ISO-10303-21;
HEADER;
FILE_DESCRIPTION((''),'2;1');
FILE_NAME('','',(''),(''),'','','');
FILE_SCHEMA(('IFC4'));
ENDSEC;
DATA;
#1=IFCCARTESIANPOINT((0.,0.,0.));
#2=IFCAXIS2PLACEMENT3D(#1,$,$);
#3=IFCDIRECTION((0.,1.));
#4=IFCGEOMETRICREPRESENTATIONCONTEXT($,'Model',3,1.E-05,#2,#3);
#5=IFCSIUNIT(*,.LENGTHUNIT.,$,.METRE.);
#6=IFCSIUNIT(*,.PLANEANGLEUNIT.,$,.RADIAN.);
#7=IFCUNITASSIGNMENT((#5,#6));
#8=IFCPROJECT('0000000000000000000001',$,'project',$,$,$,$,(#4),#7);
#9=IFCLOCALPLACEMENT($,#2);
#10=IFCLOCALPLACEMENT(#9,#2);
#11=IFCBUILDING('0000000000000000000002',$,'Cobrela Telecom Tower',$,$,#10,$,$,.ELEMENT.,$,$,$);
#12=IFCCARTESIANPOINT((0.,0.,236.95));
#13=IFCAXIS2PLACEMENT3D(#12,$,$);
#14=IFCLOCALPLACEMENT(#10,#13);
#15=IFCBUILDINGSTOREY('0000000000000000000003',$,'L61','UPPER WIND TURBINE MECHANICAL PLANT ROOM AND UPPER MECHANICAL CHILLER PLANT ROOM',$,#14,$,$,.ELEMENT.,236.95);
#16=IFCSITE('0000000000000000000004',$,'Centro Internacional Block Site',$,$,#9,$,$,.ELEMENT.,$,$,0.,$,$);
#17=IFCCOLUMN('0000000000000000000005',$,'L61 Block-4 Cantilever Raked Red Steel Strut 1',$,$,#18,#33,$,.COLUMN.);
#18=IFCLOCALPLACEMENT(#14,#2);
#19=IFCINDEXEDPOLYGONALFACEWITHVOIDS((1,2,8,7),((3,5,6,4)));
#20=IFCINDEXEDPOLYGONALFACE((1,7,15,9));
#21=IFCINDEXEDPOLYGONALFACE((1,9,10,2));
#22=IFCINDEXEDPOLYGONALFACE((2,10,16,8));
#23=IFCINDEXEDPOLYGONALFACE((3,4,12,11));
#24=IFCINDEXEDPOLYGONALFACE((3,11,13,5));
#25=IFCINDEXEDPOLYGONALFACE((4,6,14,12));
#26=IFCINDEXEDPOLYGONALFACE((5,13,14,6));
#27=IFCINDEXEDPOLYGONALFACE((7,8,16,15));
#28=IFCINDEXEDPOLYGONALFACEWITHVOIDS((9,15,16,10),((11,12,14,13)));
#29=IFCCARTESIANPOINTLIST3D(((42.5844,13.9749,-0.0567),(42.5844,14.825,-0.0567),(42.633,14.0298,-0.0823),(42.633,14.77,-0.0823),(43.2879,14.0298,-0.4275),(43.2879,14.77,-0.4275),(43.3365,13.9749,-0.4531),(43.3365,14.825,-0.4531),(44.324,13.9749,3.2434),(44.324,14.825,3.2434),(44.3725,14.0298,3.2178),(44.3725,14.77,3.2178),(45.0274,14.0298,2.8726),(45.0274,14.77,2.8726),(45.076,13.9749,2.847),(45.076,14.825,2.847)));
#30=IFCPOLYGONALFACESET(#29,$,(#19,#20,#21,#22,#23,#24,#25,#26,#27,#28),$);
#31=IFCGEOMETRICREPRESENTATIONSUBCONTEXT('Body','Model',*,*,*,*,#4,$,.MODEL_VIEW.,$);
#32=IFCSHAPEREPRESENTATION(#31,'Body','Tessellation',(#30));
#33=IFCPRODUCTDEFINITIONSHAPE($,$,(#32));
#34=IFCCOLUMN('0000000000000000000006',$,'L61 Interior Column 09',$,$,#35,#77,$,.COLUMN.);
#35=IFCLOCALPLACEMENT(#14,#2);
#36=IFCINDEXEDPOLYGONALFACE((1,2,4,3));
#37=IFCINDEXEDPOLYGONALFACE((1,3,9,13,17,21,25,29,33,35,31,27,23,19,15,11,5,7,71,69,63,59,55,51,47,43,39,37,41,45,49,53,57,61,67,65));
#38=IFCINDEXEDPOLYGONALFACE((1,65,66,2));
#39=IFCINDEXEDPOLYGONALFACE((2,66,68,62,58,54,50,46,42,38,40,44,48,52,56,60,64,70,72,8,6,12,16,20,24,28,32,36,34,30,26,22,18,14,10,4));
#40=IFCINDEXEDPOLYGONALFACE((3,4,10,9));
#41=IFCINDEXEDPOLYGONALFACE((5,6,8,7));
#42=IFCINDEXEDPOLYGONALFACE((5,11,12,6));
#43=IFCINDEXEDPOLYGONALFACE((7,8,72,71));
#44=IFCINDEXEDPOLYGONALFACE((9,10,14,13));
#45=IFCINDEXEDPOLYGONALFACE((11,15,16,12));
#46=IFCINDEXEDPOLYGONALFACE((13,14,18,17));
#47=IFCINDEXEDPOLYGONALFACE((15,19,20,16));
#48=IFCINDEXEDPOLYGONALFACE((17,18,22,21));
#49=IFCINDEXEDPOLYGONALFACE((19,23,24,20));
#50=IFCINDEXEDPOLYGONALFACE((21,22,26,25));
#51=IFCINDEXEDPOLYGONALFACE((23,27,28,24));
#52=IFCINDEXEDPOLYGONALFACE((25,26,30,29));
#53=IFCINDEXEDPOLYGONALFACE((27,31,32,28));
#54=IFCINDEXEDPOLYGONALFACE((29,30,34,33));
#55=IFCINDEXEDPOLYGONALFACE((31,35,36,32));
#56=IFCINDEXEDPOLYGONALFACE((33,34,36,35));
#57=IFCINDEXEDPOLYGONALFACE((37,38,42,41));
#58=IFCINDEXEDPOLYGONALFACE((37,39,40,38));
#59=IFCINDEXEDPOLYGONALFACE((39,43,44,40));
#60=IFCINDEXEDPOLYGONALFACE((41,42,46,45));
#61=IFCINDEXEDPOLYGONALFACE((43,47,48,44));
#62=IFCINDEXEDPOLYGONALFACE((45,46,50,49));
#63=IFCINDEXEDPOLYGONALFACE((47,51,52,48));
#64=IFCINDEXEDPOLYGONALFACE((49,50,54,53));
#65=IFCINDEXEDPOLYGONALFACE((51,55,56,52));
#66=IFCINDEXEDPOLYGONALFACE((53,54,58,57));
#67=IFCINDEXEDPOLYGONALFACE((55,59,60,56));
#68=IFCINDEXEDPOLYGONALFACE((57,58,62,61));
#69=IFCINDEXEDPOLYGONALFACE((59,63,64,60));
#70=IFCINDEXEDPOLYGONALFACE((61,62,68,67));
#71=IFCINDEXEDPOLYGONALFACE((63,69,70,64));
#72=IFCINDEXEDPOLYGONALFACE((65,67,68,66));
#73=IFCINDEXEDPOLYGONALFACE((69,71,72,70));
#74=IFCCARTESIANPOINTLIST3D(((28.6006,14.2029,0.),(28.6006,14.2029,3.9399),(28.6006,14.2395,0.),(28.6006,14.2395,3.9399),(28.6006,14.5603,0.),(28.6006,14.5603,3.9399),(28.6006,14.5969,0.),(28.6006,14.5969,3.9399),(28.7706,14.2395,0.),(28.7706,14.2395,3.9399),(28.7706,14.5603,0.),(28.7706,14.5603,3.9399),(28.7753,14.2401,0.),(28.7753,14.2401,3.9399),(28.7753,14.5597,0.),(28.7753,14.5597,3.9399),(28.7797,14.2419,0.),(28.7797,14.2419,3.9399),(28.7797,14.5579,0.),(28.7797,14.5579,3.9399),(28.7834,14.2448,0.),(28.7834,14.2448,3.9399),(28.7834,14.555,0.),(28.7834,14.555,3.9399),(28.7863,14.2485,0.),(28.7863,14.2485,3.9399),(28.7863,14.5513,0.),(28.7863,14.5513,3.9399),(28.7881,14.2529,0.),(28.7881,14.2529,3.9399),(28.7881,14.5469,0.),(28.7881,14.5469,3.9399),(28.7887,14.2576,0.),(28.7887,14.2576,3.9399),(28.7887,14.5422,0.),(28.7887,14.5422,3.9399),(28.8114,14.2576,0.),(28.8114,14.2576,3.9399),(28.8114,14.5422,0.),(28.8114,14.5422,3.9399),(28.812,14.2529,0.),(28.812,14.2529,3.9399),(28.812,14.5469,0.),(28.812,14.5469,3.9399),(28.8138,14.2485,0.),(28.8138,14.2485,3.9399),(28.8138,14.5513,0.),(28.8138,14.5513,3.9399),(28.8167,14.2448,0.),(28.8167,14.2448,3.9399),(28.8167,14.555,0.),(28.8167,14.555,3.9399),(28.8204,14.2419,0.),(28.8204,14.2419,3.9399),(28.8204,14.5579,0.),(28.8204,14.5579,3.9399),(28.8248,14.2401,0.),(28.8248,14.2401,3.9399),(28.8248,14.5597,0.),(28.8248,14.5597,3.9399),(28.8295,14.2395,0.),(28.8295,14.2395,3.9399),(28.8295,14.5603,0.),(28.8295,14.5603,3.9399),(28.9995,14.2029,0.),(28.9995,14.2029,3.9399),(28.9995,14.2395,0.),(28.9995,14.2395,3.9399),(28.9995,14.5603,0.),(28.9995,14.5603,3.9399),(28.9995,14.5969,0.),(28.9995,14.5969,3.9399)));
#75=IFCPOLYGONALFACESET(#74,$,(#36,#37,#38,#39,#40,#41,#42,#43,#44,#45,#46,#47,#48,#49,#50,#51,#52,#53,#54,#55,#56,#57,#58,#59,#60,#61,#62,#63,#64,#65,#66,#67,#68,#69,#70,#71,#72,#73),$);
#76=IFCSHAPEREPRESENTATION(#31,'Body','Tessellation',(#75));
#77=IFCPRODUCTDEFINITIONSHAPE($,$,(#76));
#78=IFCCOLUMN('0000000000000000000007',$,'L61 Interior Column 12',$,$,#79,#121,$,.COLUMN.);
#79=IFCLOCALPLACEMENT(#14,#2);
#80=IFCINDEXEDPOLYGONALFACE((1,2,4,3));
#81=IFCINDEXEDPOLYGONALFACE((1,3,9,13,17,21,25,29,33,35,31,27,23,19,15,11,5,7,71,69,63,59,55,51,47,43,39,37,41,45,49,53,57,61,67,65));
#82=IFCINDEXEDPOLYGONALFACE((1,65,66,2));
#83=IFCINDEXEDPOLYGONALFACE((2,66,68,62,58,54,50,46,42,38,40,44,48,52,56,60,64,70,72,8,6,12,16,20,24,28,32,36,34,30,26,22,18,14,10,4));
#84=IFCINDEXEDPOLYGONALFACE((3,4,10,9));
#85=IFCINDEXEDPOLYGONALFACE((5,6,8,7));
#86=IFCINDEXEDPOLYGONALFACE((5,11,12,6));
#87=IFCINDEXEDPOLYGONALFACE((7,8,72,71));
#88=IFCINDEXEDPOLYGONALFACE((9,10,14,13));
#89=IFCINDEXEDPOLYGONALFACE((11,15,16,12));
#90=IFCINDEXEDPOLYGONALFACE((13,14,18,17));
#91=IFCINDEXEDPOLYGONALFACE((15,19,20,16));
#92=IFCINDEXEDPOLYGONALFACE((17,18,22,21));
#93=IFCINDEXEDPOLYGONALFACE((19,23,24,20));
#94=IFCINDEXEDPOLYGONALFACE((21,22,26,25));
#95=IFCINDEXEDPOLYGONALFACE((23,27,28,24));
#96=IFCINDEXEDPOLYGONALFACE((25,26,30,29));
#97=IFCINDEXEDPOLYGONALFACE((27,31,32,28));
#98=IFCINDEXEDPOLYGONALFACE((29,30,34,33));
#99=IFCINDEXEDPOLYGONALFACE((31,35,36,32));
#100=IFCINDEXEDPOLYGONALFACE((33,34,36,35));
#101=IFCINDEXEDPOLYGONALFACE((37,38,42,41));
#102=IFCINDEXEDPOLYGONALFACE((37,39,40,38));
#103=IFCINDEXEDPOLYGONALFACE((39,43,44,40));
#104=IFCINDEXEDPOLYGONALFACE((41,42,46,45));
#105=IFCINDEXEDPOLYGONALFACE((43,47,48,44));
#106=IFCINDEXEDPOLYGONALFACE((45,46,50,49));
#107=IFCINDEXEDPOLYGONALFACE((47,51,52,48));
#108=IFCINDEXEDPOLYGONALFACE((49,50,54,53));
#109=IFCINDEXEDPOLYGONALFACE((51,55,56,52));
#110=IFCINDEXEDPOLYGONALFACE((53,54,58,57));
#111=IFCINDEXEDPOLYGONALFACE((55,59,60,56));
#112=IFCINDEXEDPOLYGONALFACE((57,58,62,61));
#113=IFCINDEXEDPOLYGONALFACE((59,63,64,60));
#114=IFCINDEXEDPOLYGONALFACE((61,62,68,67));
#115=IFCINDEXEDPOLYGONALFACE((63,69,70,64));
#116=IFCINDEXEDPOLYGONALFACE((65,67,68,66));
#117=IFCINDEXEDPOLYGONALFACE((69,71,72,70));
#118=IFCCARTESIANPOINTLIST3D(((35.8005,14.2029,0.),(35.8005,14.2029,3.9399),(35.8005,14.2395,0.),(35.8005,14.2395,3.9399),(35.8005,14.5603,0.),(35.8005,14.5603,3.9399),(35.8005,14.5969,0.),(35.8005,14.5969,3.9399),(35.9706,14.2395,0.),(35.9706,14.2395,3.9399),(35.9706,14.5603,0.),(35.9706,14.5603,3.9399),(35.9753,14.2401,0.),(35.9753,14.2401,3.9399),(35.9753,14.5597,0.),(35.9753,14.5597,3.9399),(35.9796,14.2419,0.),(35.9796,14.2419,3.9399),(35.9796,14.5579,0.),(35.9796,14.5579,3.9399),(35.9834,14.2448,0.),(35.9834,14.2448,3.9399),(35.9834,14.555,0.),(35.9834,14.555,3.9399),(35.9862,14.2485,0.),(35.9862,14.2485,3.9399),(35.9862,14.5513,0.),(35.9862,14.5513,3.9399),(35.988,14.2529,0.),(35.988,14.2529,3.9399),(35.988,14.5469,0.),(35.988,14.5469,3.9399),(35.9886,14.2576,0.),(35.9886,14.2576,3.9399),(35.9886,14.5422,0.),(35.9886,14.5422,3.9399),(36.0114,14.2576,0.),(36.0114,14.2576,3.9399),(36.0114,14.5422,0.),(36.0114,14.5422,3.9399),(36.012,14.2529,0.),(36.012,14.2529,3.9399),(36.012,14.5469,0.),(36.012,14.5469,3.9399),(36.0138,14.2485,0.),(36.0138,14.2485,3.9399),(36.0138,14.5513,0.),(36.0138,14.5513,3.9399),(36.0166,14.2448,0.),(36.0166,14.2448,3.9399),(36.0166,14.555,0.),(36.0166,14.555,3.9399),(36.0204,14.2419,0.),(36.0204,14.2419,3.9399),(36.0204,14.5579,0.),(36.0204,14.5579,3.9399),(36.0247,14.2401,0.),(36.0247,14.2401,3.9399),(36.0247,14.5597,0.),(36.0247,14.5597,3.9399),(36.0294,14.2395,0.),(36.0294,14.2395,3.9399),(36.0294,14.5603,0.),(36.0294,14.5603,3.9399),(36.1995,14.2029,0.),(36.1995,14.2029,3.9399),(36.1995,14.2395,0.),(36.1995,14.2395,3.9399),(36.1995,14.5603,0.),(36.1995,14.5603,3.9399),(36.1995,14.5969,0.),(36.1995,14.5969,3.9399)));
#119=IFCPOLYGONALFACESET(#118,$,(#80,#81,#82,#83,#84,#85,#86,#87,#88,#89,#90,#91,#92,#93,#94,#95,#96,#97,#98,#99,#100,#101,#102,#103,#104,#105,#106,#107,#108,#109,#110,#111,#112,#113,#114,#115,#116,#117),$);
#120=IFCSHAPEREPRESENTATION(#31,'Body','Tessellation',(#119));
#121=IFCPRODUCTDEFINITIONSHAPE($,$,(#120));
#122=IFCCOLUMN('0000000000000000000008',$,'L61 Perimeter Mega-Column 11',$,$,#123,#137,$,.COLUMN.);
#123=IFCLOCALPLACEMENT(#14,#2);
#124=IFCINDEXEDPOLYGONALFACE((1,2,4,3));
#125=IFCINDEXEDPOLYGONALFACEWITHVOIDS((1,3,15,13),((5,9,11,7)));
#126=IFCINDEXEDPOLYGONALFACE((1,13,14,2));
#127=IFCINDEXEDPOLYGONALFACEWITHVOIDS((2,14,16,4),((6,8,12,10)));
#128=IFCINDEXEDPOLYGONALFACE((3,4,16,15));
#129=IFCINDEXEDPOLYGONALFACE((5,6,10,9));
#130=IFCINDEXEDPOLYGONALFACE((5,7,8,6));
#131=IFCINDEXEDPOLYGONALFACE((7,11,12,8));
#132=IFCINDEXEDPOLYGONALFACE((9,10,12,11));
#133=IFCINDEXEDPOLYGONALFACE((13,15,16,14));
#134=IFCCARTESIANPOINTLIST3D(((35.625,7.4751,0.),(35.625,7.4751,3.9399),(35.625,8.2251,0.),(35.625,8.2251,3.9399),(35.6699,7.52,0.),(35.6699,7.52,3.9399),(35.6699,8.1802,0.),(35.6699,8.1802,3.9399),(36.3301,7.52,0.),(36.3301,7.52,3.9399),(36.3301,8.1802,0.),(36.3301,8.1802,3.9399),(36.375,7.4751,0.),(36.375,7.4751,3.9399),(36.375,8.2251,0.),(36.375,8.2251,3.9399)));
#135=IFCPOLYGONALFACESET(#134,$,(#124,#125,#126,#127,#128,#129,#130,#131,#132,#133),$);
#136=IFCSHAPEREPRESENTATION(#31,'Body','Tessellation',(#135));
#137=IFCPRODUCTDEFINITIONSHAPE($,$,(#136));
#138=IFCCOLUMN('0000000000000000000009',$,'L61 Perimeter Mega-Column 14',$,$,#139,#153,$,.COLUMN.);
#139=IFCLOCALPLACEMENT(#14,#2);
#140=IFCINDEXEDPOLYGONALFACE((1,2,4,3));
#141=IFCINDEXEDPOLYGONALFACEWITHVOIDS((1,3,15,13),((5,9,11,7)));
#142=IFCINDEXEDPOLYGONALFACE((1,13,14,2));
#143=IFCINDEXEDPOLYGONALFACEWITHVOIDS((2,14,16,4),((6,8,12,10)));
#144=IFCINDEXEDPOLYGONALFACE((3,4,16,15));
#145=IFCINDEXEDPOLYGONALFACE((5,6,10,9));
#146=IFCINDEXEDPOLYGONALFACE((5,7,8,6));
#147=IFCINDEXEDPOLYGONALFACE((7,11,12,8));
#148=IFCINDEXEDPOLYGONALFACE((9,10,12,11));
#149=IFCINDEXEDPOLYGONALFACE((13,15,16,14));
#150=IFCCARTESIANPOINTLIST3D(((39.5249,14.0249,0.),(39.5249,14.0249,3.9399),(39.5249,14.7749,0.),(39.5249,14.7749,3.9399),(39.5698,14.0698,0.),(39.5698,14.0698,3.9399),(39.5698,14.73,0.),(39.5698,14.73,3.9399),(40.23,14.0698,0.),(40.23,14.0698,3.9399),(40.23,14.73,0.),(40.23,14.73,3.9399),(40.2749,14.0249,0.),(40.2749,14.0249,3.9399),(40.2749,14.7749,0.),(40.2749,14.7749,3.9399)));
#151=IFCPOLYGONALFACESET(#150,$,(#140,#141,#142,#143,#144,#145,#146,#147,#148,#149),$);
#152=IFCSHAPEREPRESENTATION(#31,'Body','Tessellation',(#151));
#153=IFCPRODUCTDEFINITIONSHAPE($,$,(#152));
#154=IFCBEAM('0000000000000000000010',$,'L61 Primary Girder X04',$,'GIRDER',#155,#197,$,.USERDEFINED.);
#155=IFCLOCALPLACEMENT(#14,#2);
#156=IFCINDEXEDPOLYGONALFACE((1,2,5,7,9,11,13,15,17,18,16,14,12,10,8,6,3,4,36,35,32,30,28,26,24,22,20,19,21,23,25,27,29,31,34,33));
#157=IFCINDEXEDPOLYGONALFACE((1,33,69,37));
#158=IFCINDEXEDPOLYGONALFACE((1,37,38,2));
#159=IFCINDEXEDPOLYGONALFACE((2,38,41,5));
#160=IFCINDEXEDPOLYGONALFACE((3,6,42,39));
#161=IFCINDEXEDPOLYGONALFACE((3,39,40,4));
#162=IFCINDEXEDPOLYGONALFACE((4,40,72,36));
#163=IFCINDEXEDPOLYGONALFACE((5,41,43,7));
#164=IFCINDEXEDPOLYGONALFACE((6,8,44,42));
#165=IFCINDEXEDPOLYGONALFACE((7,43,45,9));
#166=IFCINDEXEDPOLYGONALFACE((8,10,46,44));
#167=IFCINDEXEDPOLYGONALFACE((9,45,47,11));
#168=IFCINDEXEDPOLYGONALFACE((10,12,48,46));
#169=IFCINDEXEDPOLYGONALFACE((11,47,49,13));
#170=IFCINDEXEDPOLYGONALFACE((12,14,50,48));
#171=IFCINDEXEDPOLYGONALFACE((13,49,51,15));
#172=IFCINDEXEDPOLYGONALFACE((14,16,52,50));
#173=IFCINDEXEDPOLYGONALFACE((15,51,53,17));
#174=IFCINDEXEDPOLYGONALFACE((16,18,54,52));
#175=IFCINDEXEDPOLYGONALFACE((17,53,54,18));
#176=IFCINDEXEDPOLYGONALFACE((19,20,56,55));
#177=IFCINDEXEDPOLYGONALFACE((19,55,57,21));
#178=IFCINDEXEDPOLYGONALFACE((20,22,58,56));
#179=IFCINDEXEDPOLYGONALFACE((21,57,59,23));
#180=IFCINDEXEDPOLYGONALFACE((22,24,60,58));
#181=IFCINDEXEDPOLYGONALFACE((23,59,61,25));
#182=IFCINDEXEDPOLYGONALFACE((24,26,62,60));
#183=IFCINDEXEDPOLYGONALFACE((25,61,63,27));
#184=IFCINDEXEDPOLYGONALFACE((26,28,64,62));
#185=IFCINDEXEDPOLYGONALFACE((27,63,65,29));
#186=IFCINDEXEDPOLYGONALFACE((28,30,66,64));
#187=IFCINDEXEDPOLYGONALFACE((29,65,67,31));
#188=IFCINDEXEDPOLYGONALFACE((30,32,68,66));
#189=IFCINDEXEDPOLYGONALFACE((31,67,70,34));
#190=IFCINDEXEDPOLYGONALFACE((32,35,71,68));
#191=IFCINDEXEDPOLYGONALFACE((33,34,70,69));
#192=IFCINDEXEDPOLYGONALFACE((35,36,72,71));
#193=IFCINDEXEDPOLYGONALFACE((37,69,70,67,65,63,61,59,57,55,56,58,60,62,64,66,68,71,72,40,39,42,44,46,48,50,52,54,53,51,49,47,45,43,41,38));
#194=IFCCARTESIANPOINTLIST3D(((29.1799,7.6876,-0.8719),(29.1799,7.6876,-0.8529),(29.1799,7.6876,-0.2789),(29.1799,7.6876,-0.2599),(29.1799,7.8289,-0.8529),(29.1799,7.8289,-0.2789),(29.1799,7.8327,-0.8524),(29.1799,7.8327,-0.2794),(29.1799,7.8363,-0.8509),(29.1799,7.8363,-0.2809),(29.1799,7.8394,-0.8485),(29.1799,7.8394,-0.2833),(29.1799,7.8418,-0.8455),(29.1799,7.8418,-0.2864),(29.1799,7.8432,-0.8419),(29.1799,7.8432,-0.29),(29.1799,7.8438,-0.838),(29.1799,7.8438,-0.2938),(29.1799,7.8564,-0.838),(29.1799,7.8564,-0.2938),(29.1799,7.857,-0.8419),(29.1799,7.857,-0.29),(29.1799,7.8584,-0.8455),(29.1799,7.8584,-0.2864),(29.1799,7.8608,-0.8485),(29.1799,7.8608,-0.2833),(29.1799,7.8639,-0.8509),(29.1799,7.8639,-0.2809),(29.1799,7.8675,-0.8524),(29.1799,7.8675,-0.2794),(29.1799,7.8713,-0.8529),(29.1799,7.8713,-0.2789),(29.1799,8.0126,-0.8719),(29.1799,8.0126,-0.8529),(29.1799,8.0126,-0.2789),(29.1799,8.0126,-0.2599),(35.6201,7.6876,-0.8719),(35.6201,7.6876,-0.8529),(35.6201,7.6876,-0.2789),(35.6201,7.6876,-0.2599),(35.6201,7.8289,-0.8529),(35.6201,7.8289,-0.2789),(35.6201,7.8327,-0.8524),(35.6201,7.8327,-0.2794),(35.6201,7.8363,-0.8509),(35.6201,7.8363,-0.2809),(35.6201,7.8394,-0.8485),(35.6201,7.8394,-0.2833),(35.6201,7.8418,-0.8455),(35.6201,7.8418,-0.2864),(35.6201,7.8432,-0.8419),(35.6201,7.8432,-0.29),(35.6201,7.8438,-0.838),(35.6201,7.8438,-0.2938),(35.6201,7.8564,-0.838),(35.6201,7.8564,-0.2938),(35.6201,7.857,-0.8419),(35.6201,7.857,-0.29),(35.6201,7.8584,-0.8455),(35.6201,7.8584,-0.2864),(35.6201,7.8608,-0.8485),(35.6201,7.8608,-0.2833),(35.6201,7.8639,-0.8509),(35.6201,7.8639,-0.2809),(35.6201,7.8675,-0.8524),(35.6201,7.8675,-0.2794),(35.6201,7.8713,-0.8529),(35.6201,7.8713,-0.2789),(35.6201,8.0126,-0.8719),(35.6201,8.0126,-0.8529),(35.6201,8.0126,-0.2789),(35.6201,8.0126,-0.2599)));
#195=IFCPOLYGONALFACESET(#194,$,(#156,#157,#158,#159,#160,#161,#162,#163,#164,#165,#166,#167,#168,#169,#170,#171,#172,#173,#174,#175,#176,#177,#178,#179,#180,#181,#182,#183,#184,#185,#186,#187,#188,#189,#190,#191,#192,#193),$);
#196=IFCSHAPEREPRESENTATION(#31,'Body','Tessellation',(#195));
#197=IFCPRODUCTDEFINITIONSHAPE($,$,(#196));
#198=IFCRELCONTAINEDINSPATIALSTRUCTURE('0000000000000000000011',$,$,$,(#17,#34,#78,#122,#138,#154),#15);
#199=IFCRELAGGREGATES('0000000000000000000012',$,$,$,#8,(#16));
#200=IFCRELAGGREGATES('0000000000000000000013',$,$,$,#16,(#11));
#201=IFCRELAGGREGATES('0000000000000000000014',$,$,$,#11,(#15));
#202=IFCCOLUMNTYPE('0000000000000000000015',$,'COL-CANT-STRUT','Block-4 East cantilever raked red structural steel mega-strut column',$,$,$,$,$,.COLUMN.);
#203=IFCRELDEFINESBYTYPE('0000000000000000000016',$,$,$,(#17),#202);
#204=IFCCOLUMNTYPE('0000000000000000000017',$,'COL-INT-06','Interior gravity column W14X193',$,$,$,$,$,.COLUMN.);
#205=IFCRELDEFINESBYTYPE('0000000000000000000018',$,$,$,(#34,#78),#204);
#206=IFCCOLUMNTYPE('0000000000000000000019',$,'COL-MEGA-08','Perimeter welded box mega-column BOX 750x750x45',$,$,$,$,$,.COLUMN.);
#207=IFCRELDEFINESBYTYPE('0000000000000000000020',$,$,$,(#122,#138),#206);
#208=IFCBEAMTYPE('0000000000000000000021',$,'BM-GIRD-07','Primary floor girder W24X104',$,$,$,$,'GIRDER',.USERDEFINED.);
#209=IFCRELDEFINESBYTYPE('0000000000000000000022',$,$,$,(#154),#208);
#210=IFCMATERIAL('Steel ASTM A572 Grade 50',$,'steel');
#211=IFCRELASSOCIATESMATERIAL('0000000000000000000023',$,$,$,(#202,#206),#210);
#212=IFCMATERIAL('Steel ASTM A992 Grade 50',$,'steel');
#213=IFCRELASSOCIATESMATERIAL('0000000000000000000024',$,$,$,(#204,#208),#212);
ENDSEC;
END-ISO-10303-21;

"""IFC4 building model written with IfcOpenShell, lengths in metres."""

from ifc_helpers import new_model, si_unit, direction, frame, origin, origin_2d, place, context, subcontext, project, spatial, hollow_rectangle, i_section, extrude, material, material_profile, profile_set, type_object, element, save


model = new_model("IFC4")

# Units and contexts
model_context = context("Model", 3, precision=1e-05, world=origin(), true_north=direction((0.0, 1.0)))
body_context = subcontext(model_context, "Body", "Model", "MODEL_VIEW")
ifc_project = project(units=[si_unit("LENGTHUNIT", "METRE"), si_unit("PLANEANGLEUNIT", "RADIAN")], contexts=[model_context])

# Site, building, storey
site_placement = place(None, origin())
site = spatial("IfcSite", under=ifc_project, at=site_placement, Name="Centro Internacional Block Site", CompositionType="ELEMENT", RefElevation=0.0)
building_placement = place(site_placement, origin())
building = spatial("IfcBuilding", under=site, at=building_placement, Name="Cobrela Telecom Tower", CompositionType="ELEMENT")
storey_placement = place(building_placement, frame((0.0, 0.0, 236.95)))
storey = spatial("IfcBuildingStorey", under=building, at=storey_placement, Name="L61", Description="UPPER WIND TURBINE MECHANICAL PLANT ROOM AND UPPER MECHANICAL CHILLER PLANT ROOM", CompositionType="ELEMENT", Elevation=236.95)

# Columns
ifc_material_1 = material(Name="Steel ASTM A572 Grade 50", Category="steel")
ifc_material_profile_1 = material_profile(ifc_material_1, hollow_rectangle(XDim=0.8501, YDim=0.8501, WallThickness=0.0549, at=origin_2d()), Name="BOX 850x850x55")
ifc_profile_set_1 = profile_set([ifc_material_profile_1], Name="Steel ASTM A572 Grade 50")
column_type_1 = type_object("IfcColumnType", Name="COL-CANT-STRUT", Description="Block-4 East cantilever raked red structural steel mega-strut column", PredefinedType="COLUMN", material=ifc_profile_set_1)
column_placement = place(storey_placement, frame((42.9604, 14.3999, -0.2549), z_axis=(0.466299, 0.0, 0.884627), x_axis=(0.0, 1.0, 0.0)))
element("IfcColumn", 1, at=column_placement, inside=storey, type_object=column_type_1, Name="L61 Block-4 Cantilever Raked Red Steel Strut 1", PredefinedType="COLUMN", context=body_context, shape_type="SweptSolid", body=[
    extrude(hollow_rectangle(XDim=0.8501, YDim=0.8501, WallThickness=0.0549, at=origin_2d()), origin(), (0.0, 0.0, 1.0), 3.7305),
])
ifc_material_2 = material(Name="Steel ASTM A992 Grade 50", Category="steel")
ifc_material_profile_2 = material_profile(ifc_material_2, i_section(OverallWidth=0.3989, OverallDepth=0.394, WebThickness=0.0227, FlangeThickness=0.0366, FilletRadius=0.0181, at=origin_2d()), Name="W14X193")
ifc_profile_set_2 = profile_set([ifc_material_profile_2], Name="Steel ASTM A992 Grade 50")
column_type_2 = type_object("IfcColumnType", Name="COL-INT-06", Description="Interior gravity column W14X193", PredefinedType="COLUMN", material=ifc_profile_set_2)
for number, where, z_axis, x_axis, name in (
    (2, (28.8, 14.3999, 0.0), (0.0, 0.0, 1.0), (1.0, 0.0, 0.0), "L61 Interior Column 09"),
    (3, (36.0, 14.3999, 0.0), (0.0, 0.0, 1.0), (1.0, 0.0, 0.0), "L61 Interior Column 12"),
):
    element("IfcColumn", number, at=place(storey_placement, frame(where, z_axis=z_axis, x_axis=x_axis)), inside=storey, type_object=column_type_2, Name=name, PredefinedType="COLUMN", context=body_context, shape_type="SweptSolid", body=[
        extrude(i_section(OverallWidth=0.3989, OverallDepth=0.394, WebThickness=0.0227, FlangeThickness=0.0366, FilletRadius=0.0181, at=origin_2d()), origin(), (0.0, 0.0, 1.0), 3.9399),
    ])
ifc_material_profile_3 = material_profile(ifc_material_1, hollow_rectangle(XDim=0.75, YDim=0.75, WallThickness=0.0449, at=origin_2d()), Name="BOX 750x750x45")
ifc_profile_set_3 = profile_set([ifc_material_profile_3], Name="Steel ASTM A572 Grade 50")
column_type_3 = type_object("IfcColumnType", Name="COL-MEGA-08", Description="Perimeter welded box mega-column BOX 750x750x45", PredefinedType="COLUMN", material=ifc_profile_set_3)
for number, where, z_axis, x_axis, name in (
    (4, (36.0, 7.8501, 0.0), (0.0, 0.0, 1.0), (1.0, 0.0, 0.0), "L61 Perimeter Mega-Column 11"),
    (5, (39.8999, 14.3999, 0.0), (0.0, 0.0, 1.0), (1.0, 0.0, 0.0), "L61 Perimeter Mega-Column 14"),
):
    element("IfcColumn", number, at=place(storey_placement, frame(where, z_axis=z_axis, x_axis=x_axis)), inside=storey, type_object=column_type_3, Name=name, PredefinedType="COLUMN", context=body_context, shape_type="SweptSolid", body=[
        extrude(hollow_rectangle(XDim=0.75, YDim=0.75, WallThickness=0.0449, at=origin_2d()), origin(), (0.0, 0.0, 1.0), 3.9399),
    ])

# Beam
ifc_material_profile_4 = material_profile(ifc_material_2, i_section(OverallWidth=0.325, OverallDepth=0.6121, WebThickness=0.0127, FlangeThickness=0.019, FilletRadius=0.0149, at=origin_2d()), Name="W24X104")
ifc_profile_set_4 = profile_set([ifc_material_profile_4], Name="Steel ASTM A992 Grade 50")
beam_type_1 = type_object("IfcBeamType", Name="BM-GIRD-07", Description="Primary floor girder W24X104", ElementType="GIRDER", PredefinedType="USERDEFINED", material=ifc_profile_set_4)
beam_1_placement = place(storey_placement, frame((29.1799, 7.8501, -0.5659), z_axis=(1.0, 0.0, 0.0), x_axis=(0.0, 1.0, 0.0)))
element("IfcBeam", 6, at=beam_1_placement, inside=storey, type_object=beam_type_1, Name="L61 Primary Girder X04", ObjectType="GIRDER", PredefinedType="USERDEFINED", context=body_context, shape_type="SweptSolid", body=[
    extrude(i_section(OverallWidth=0.325, OverallDepth=0.6121, WebThickness=0.0127, FlangeThickness=0.019, FilletRadius=0.0149, at=origin_2d()), origin(), (0.0, 0.0, 1.0), 6.4402),
])

save(model, "model.ifc")
